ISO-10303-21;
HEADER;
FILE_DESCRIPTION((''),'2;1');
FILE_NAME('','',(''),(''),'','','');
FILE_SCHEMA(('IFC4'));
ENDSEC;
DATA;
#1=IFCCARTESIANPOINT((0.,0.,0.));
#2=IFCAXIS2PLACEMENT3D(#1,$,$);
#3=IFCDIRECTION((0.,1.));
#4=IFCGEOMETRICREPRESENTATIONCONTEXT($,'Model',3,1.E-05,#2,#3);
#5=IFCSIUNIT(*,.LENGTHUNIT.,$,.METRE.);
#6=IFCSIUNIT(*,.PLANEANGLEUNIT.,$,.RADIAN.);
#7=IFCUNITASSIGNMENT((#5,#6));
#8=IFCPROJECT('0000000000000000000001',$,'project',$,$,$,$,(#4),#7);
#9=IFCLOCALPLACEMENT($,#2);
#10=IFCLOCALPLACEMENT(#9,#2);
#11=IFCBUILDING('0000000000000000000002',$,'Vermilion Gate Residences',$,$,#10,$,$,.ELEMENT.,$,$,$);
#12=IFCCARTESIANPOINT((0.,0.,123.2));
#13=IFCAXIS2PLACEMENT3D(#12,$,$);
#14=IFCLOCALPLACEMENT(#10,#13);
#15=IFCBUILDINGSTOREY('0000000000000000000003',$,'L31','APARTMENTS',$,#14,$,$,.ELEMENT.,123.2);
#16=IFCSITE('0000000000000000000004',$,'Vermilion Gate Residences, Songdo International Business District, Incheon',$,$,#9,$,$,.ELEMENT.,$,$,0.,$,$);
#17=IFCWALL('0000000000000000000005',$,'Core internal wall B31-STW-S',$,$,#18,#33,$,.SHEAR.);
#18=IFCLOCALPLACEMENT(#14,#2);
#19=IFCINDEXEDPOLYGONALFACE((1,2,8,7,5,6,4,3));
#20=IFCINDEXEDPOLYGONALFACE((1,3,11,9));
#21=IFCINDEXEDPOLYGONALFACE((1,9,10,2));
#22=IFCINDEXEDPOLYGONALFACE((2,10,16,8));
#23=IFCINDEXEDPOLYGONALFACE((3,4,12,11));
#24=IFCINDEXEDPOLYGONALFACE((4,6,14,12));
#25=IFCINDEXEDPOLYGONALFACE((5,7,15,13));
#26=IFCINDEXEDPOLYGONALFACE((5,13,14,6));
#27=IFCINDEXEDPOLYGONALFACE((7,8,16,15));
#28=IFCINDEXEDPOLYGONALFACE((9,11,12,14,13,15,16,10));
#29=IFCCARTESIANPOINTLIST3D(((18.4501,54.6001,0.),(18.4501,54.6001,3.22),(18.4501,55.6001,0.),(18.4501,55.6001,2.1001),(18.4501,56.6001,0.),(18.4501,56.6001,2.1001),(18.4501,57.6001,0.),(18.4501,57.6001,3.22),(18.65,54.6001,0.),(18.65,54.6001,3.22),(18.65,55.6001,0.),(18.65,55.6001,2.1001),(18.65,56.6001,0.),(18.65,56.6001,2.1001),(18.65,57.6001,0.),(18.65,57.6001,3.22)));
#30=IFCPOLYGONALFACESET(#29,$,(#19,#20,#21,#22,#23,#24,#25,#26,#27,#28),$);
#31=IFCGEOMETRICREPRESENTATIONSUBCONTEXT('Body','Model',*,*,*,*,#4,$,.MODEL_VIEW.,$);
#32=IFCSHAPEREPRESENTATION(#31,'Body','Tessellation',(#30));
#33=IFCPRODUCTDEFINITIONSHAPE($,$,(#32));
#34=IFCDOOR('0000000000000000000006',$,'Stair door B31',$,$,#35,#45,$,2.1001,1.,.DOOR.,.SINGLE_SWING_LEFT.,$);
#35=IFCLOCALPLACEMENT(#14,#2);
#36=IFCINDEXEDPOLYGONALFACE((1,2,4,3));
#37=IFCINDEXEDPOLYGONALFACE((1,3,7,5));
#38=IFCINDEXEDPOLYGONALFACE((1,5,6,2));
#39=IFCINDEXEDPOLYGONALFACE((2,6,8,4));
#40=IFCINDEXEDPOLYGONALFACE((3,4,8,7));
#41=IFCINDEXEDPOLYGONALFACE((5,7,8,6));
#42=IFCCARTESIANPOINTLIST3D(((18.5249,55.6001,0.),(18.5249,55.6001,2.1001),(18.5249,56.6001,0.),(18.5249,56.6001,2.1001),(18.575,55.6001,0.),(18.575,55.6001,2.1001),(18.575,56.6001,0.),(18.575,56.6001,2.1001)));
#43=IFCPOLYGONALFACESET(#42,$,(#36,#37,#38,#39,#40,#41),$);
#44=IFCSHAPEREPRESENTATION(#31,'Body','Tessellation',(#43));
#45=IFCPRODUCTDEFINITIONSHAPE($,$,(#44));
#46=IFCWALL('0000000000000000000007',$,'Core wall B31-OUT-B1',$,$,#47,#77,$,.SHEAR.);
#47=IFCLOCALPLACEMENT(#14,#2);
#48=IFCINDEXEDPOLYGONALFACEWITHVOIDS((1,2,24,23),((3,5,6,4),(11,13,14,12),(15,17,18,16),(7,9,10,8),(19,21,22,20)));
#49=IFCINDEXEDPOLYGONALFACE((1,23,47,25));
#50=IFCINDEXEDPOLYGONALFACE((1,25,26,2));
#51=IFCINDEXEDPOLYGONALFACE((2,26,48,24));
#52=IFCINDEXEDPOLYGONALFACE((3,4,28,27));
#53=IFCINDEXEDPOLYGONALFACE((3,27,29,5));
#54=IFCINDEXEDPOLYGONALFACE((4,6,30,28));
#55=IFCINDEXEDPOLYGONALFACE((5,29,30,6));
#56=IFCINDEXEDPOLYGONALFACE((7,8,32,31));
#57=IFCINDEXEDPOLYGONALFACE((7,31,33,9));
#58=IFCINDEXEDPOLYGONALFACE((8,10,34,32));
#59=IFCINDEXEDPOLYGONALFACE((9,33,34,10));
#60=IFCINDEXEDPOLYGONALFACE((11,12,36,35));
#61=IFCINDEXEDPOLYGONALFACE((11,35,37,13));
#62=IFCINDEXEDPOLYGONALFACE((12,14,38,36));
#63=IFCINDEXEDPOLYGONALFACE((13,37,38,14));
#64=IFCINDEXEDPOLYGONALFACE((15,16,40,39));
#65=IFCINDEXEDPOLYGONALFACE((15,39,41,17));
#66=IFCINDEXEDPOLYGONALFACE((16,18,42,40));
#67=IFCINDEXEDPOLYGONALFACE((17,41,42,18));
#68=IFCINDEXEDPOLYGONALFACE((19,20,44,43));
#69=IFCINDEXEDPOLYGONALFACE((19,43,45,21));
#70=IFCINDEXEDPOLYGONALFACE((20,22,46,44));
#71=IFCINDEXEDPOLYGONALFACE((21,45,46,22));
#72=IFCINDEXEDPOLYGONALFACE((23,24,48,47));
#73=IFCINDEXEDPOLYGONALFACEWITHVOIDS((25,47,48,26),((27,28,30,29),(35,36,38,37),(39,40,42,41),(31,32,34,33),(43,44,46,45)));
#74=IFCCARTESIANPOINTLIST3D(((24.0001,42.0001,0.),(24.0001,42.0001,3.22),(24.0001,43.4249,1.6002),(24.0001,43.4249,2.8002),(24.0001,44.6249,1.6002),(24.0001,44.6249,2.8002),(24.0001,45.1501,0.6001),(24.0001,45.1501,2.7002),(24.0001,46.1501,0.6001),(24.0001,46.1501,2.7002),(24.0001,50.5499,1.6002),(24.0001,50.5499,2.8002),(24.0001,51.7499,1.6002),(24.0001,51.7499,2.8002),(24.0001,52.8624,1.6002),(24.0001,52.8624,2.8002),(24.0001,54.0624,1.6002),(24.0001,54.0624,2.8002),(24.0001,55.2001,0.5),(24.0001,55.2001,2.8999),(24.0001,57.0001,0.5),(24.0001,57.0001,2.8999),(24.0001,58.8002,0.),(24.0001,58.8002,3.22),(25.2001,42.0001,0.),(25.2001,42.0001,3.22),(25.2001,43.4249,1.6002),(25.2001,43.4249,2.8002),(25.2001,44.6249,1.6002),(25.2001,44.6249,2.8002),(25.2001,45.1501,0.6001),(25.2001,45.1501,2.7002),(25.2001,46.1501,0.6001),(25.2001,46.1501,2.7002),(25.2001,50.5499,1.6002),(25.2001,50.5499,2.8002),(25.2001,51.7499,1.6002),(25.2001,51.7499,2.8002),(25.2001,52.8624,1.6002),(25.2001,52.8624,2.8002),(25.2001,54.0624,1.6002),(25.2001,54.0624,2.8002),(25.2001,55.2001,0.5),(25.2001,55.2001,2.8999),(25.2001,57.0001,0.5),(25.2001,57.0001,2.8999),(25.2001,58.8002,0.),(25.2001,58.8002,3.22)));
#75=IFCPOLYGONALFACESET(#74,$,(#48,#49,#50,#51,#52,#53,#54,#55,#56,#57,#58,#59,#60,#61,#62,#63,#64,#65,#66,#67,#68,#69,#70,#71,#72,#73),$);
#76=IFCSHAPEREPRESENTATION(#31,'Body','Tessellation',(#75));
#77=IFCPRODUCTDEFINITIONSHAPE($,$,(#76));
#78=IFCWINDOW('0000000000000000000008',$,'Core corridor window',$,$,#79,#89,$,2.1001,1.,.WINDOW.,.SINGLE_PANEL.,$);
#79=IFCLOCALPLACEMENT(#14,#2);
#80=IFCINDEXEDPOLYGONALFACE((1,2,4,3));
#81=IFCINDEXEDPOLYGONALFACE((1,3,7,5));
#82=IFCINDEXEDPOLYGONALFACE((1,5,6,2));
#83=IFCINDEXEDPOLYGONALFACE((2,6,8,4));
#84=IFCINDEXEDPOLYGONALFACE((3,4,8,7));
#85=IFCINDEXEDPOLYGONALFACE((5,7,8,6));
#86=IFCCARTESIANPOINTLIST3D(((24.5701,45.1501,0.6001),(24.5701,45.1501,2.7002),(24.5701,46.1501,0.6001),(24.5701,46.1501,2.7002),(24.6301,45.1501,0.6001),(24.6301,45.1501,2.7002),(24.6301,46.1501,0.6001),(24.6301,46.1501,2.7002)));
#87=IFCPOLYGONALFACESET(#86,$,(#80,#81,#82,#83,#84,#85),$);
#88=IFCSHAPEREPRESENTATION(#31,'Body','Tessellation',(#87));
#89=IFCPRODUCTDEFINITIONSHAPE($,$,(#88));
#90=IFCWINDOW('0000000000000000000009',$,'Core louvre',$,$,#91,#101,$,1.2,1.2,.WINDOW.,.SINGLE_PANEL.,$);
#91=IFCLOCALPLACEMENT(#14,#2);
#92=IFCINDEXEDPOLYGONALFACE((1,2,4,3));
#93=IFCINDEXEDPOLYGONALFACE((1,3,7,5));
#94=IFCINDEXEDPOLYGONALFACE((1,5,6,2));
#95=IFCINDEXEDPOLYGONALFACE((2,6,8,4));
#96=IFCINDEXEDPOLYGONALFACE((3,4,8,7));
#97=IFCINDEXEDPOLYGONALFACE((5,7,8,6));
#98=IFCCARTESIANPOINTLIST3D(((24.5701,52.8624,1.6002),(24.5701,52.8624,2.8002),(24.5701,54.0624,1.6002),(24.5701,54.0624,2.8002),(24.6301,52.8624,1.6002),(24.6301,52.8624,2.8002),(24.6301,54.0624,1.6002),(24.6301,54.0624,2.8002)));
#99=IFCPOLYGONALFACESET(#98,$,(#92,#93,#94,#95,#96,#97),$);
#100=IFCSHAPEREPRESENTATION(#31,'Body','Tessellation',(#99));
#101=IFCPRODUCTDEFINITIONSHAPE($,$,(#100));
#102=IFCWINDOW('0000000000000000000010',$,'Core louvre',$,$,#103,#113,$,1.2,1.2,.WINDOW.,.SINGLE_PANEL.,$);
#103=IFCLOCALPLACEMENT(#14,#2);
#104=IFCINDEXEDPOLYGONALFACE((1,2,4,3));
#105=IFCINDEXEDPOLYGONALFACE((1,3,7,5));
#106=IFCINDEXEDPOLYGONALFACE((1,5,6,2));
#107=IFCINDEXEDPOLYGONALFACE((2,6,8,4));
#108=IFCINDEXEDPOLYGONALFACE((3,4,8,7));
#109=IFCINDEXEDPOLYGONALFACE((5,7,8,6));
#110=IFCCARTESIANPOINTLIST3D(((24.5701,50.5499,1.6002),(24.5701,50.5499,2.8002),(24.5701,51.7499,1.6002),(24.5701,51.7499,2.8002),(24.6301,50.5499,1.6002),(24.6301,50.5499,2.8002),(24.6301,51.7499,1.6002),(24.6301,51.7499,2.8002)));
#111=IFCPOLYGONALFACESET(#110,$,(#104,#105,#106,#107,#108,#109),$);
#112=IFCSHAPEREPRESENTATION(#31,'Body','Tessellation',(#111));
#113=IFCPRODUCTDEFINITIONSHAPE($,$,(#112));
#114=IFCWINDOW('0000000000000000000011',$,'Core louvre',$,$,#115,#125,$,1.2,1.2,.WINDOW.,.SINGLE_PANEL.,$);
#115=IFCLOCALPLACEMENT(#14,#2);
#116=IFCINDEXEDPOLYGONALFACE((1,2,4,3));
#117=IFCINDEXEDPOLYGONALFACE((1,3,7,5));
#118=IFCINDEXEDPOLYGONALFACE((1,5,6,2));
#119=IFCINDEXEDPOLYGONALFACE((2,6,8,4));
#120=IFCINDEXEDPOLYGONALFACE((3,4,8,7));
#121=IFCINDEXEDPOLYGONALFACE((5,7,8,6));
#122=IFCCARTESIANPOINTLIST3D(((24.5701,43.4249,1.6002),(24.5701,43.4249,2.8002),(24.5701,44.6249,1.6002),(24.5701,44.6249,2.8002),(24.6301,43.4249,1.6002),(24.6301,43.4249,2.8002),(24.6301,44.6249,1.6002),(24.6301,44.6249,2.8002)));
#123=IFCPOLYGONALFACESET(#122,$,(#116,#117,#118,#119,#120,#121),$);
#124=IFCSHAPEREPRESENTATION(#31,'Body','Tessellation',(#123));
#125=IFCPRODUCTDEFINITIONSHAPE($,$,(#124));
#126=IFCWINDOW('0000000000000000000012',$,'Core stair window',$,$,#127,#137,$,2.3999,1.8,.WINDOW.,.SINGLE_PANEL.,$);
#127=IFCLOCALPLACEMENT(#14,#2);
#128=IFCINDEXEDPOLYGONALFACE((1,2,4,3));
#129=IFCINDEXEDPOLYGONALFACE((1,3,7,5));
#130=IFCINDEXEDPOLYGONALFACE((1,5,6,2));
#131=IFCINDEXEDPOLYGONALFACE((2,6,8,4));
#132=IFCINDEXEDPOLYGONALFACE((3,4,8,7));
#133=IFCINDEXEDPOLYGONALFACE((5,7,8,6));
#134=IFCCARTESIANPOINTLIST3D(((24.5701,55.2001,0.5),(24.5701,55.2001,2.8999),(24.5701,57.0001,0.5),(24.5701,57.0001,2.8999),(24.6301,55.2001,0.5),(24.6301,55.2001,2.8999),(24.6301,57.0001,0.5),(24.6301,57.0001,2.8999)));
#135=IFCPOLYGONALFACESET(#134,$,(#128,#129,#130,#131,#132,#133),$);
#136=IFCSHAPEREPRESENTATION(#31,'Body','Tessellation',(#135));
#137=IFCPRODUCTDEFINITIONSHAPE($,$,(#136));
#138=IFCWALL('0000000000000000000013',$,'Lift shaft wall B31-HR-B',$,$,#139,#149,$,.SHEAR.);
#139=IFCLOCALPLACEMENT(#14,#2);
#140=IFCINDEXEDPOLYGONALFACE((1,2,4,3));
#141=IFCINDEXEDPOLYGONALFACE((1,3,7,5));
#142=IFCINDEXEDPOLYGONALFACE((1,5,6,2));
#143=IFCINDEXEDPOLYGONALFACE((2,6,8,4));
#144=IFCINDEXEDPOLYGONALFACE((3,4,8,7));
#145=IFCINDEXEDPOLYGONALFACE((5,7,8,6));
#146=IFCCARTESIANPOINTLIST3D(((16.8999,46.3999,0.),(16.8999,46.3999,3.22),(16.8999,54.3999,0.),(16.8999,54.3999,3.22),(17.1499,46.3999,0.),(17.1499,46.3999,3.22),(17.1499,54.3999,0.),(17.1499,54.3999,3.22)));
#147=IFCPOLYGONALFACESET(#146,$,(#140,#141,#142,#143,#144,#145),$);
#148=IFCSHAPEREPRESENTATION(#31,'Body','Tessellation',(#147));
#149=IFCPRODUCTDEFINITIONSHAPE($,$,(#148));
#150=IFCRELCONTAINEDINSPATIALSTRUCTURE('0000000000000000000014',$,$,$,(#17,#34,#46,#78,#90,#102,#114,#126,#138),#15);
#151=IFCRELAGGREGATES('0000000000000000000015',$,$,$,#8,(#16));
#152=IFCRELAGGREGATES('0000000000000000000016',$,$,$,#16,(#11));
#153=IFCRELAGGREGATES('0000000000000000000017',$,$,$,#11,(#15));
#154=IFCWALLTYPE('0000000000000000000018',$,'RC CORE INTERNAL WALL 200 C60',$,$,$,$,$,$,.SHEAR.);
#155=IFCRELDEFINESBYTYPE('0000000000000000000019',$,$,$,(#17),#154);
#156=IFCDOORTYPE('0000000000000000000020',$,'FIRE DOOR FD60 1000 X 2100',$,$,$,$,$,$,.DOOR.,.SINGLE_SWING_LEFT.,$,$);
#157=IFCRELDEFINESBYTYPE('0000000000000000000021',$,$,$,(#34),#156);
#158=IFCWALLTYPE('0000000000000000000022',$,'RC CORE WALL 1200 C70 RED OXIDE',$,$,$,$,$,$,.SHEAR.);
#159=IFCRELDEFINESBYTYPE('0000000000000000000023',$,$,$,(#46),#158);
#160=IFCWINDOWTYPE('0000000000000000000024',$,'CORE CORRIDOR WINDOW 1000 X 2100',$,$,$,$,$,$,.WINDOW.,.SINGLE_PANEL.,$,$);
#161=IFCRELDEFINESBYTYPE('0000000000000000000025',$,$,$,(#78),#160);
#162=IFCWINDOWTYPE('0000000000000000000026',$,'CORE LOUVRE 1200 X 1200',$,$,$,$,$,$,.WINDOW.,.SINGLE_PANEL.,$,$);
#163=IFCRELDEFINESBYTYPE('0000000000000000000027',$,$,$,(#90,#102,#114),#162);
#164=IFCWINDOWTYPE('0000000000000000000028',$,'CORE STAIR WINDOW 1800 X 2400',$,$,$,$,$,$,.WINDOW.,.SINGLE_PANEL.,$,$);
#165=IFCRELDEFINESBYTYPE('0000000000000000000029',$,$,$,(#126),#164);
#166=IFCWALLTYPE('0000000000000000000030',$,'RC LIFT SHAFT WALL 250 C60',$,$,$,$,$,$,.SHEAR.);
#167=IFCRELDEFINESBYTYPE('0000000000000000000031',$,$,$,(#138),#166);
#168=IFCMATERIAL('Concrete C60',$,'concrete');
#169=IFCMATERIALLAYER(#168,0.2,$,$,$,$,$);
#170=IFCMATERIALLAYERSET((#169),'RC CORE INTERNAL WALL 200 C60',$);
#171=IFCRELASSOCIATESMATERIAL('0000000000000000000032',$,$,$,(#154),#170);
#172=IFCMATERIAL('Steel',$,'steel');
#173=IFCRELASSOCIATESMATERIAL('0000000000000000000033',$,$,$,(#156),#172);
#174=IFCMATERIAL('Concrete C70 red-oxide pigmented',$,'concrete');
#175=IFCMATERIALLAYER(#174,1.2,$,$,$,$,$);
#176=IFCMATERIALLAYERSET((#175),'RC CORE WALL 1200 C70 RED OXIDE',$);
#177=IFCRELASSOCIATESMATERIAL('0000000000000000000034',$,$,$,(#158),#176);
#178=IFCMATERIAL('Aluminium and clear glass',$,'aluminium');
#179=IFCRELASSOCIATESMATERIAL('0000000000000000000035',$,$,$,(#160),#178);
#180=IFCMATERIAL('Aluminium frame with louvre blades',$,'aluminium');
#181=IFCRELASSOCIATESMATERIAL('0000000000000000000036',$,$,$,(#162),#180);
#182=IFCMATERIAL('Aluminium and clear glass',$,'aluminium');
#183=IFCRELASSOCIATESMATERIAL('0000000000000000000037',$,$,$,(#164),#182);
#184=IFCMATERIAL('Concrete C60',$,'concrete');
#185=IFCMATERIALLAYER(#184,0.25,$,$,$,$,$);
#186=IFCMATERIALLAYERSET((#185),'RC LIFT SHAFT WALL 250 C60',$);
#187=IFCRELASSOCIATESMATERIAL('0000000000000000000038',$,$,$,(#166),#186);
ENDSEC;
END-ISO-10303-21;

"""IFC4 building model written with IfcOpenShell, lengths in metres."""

from ifc_helpers import new_model, si_unit, direction, frame, frame_2d, origin, place, context, subcontext, project, spatial, rectangle, extrude, material, layer, layer_set, type_object, element, fill, save


model = new_model("IFC4")

# Units and contexts
model_context = context("Model", 3, precision=1e-05, world=origin(), true_north=direction((0.0, 1.0)))
body_context = subcontext(model_context, "Body", "Model", "MODEL_VIEW")
ifc_project = project(units=[si_unit("LENGTHUNIT", "METRE"), si_unit("PLANEANGLEUNIT", "RADIAN")], contexts=[model_context])

# Site, building, storey
site_placement = place(None, origin())
site = spatial("IfcSite", under=ifc_project, at=site_placement, Name="Vermilion Gate Residences, Songdo International Business District, Incheon", CompositionType="ELEMENT", RefElevation=0.0)
building_placement = place(site_placement, origin())
building = spatial("IfcBuilding", under=site, at=building_placement, Name="Vermilion Gate Residences", CompositionType="ELEMENT")
storey_placement = place(building_placement, frame((0.0, 0.0, 123.2)))
storey = spatial("IfcBuildingStorey", under=building, at=storey_placement, Name="L31", Description="APARTMENTS", CompositionType="ELEMENT", Elevation=123.2)

# Shared definitions
ifc_material_1 = material(Name="Concrete C60", Category="concrete")
ifc_layer_1 = layer(ifc_material_1, 0.2)
ifc_layer_set_1 = layer_set([ifc_layer_1], Name="RC CORE INTERNAL WALL 200 C60")
wall_type_1 = type_object("IfcWallType", Name="RC CORE INTERNAL WALL 200 C60", PredefinedType="SHEAR", material=ifc_layer_set_1)

# Wall, opening, door
wall_1_placement = place(storey_placement, frame((18.55, 57.6001, 0.0), z_axis=(0.0, 0.0, 1.0), x_axis=(0.0, -1.0, 0.0)))
wall_1 = element("IfcWall", 1, at=wall_1_placement, inside=storey, type_object=wall_type_1, Name="Core internal wall B31-STW-S", PredefinedType="SHEAR", context=body_context, shape_type="SweptSolid", body=[
    extrude(rectangle(XDim=3.0, YDim=0.2, at=frame_2d((1.5, 0.0))), origin(), (0.0, 0.0, 1.0), 3.22),
])
opening_1_placement = place(wall_1_placement, frame((1.0, 0.0, 0.0)))
opening_1 = element("IfcOpeningElement", 2, at=opening_1_placement, cuts=wall_1, PredefinedType="OPENING", context=body_context, shape_type="SweptSolid", body=[
    extrude(rectangle(XDim=1.0, YDim=2.1001, at=frame_2d((0.5, 1.05))), frame((0.0, 0.1099, 0.0), z_axis=(0.0, -1.0, 0.0), x_axis=(1.0, 0.0, 0.0)), (0.0, 0.0, 1.0), 0.22),
])
ifc_material_2 = material(Name="Steel", Category="steel")
door_type_1 = type_object("IfcDoorType", Name="FIRE DOOR FD60 1000 X 2100", OperationType="SINGLE_SWING_LEFT", PredefinedType="DOOR", material=ifc_material_2)
door_1_placement = place(opening_1_placement, origin())
door_1 = element("IfcDoor", 3, at=door_1_placement, inside=storey, type_object=door_type_1, Name="Stair door B31", OperationType="SINGLE_SWING_LEFT", OverallHeight=2.1001, OverallWidth=1.0, PredefinedType="DOOR", context=body_context, shape_type="SweptSolid", body=[
    extrude(rectangle(XDim=1.0, YDim=2.1001, at=frame_2d((0.5, 1.05))), frame((0.0, 0.0249, 0.0), z_axis=(0.0, -1.0, 0.0), x_axis=(1.0, 0.0, 0.0)), (0.0, 0.0, 1.0), 0.05),
])
fill(opening_1, door_1)

# Wall, openings, windows
ifc_material_3 = material(Name="Concrete C70 red-oxide pigmented", Category="concrete")
ifc_layer_2 = layer(ifc_material_3, 1.2)
ifc_layer_set_2 = layer_set([ifc_layer_2], Name="RC CORE WALL 1200 C70 RED OXIDE")
wall_type_2 = type_object("IfcWallType", Name="RC CORE WALL 1200 C70 RED OXIDE", PredefinedType="SHEAR", material=ifc_layer_set_2)
wall_2_placement = place(storey_placement, frame((24.6001, 58.8, 0.0), z_axis=(0.0, 0.0, 1.0), x_axis=(0.0, -1.0, 0.0)))
wall_2 = element("IfcWall", 4, at=wall_2_placement, inside=storey, type_object=wall_type_2, Name="Core wall B31-OUT-B1", PredefinedType="SHEAR", context=body_context, shape_type="SweptSolid", body=[
    extrude(rectangle(XDim=16.8, YDim=1.2, at=frame_2d((8.3999, 0.0))), origin(), (0.0, 0.0, 1.0), 3.22),
])
opening_2_placement = place(wall_2_placement, frame((1.8, 0.0, 0.5)))
opening_2 = element("IfcOpeningElement", 5, at=opening_2_placement, cuts=wall_2, PredefinedType="OPENING", context=body_context, shape_type="SweptSolid", body=[
    extrude(rectangle(XDim=1.8, YDim=2.3999, at=frame_2d((0.8999, 1.2))), frame((0.0, 0.6099, 0.0), z_axis=(0.0, -1.0, 0.0), x_axis=(1.0, 0.0, 0.0)), (0.0, 0.0, 1.0), 1.22),
])
opening_3_placement = place(wall_2_placement, frame((4.7375, 0.0, 1.6001)))
opening_3 = element("IfcOpeningElement", 6, at=opening_3_placement, cuts=wall_2, PredefinedType="OPENING", context=body_context, shape_type="SweptSolid", body=[
    extrude(rectangle(XDim=1.2, YDim=1.2, at=frame_2d((0.6001, 0.6001))), frame((0.0, 0.6099, 0.0), z_axis=(0.0, -1.0, 0.0), x_axis=(1.0, 0.0, 0.0)), (0.0, 0.0, 1.0), 1.22),
])
opening_4_placement = place(wall_2_placement, frame((7.05, 0.0, 1.6001)))
opening_4 = element("IfcOpeningElement", 7, at=opening_4_placement, cuts=wall_2, PredefinedType="OPENING", context=body_context, shape_type="SweptSolid", body=[
    extrude(rectangle(XDim=1.2, YDim=1.2, at=frame_2d((0.6001, 0.6001))), frame((0.0, 0.6099, 0.0), z_axis=(0.0, -1.0, 0.0), x_axis=(1.0, 0.0, 0.0)), (0.0, 0.0, 1.0), 1.22),
])
opening_5_placement = place(wall_2_placement, frame((12.6499, 0.0, 0.6001)))
opening_5 = element("IfcOpeningElement", 8, at=opening_5_placement, cuts=wall_2, PredefinedType="OPENING", context=body_context, shape_type="SweptSolid", body=[
    extrude(rectangle(XDim=1.0, YDim=2.1001, at=frame_2d((0.5, 1.05))), frame((0.0, 0.6099, 0.0), z_axis=(0.0, -1.0, 0.0), x_axis=(1.0, 0.0, 0.0)), (0.0, 0.0, 1.0), 1.22),
])
opening_6_placement = place(wall_2_placement, frame((14.175, 0.0, 1.6001)))
opening_6 = element("IfcOpeningElement", 9, at=opening_6_placement, cuts=wall_2, PredefinedType="OPENING", context=body_context, shape_type="SweptSolid", body=[
    extrude(rectangle(XDim=1.2, YDim=1.2, at=frame_2d((0.6001, 0.6001))), frame((0.0, 0.6099, 0.0), z_axis=(0.0, -1.0, 0.0), x_axis=(1.0, 0.0, 0.0)), (0.0, 0.0, 1.0), 1.22),
])
ifc_material_4 = material(Name="Aluminium and clear glass", Category="aluminium")
window_type_1 = type_object("IfcWindowType", Name="CORE CORRIDOR WINDOW 1000 X 2100", PartitioningType="SINGLE_PANEL", PredefinedType="WINDOW", material=ifc_material_4)
window_1_placement = place(opening_5_placement, origin())
window_1 = element("IfcWindow", 10, at=window_1_placement, inside=storey, type_object=window_type_1, Name="Core corridor window", OverallHeight=2.1001, OverallWidth=1.0, PartitioningType="SINGLE_PANEL", PredefinedType="WINDOW", context=body_context, shape_type="SweptSolid", body=[
    extrude(rectangle(XDim=1.0, YDim=2.1001, at=frame_2d((0.5, 1.05))), frame((0.0, 0.03, 0.0), z_axis=(0.0, -1.0, 0.0), x_axis=(1.0, 0.0, 0.0)), (0.0, 0.0, 1.0), 0.0601),
])
fill(opening_5, window_1)
ifc_material_5 = material(Name="Aluminium frame with louvre blades", Category="aluminium")
window_type_2 = type_object("IfcWindowType", Name="CORE LOUVRE 1200 X 1200", PartitioningType="SINGLE_PANEL", PredefinedType="WINDOW", material=ifc_material_5)
window_2_placement = place(opening_3_placement, origin())
window_2 = element("IfcWindow", 11, at=window_2_placement, inside=storey, type_object=window_type_2, Name="Core louvre", OverallHeight=1.2, OverallWidth=1.2, PartitioningType="SINGLE_PANEL", PredefinedType="WINDOW", context=body_context, shape_type="SweptSolid", body=[
    extrude(rectangle(XDim=1.2, YDim=1.2, at=frame_2d((0.6001, 0.6001))), frame((0.0, 0.03, 0.0), z_axis=(0.0, -1.0, 0.0), x_axis=(1.0, 0.0, 0.0)), (0.0, 0.0, 1.0), 0.0601),
])
fill(opening_3, window_2)
window_3_placement = place(opening_4_placement, origin())
window_3 = element("IfcWindow", 12, at=window_3_placement, inside=storey, type_object=window_type_2, Name="Core louvre", OverallHeight=1.2, OverallWidth=1.2, PartitioningType="SINGLE_PANEL", PredefinedType="WINDOW", context=body_context, shape_type="SweptSolid", body=[
    extrude(rectangle(XDim=1.2, YDim=1.2, at=frame_2d((0.6001, 0.6001))), frame((0.0, 0.03, 0.0), z_axis=(0.0, -1.0, 0.0), x_axis=(1.0, 0.0, 0.0)), (0.0, 0.0, 1.0), 0.0601),
])
fill(opening_4, window_3)
window_4_placement = place(opening_6_placement, origin())
window_4 = element("IfcWindow", 13, at=window_4_placement, inside=storey, type_object=window_type_2, Name="Core louvre", OverallHeight=1.2, OverallWidth=1.2, PartitioningType="SINGLE_PANEL", PredefinedType="WINDOW", context=body_context, shape_type="SweptSolid", body=[
    extrude(rectangle(XDim=1.2, YDim=1.2, at=frame_2d((0.6001, 0.6001))), frame((0.0, 0.03, 0.0), z_axis=(0.0, -1.0, 0.0), x_axis=(1.0, 0.0, 0.0)), (0.0, 0.0, 1.0), 0.0601),
])
fill(opening_6, window_4)
ifc_material_6 = material(Name="Aluminium and clear glass", Category="aluminium")
window_type_3 = type_object("IfcWindowType", Name="CORE STAIR WINDOW 1800 X 2400", PartitioningType="SINGLE_PANEL", PredefinedType="WINDOW", material=ifc_material_6)
window_5_placement = place(opening_2_placement, origin())
window_5 = element("IfcWindow", 14, at=window_5_placement, inside=storey, type_object=window_type_3, Name="Core stair window", OverallHeight=2.3999, OverallWidth=1.8, PartitioningType="SINGLE_PANEL", PredefinedType="WINDOW", context=body_context, shape_type="SweptSolid", body=[
    extrude(rectangle(XDim=1.8, YDim=2.3999, at=frame_2d((0.8999, 1.2))), frame((0.0, 0.03, 0.0), z_axis=(0.0, -1.0, 0.0), x_axis=(1.0, 0.0, 0.0)), (0.0, 0.0, 1.0), 0.0601),
])
fill(opening_2, window_5)

# Wall
ifc_material_7 = material(Name="Concrete C60", Category="concrete")
ifc_layer_3 = layer(ifc_material_7, 0.25)
ifc_layer_set_3 = layer_set([ifc_layer_3], Name="RC LIFT SHAFT WALL 250 C60")
wall_type_3 = type_object("IfcWallType", Name="RC LIFT SHAFT WALL 250 C60", PredefinedType="SHEAR", material=ifc_layer_set_3)
wall_3_placement = place(storey_placement, frame((17.0249, 54.3999, 0.0), z_axis=(0.0, 0.0, 1.0), x_axis=(0.0, -1.0, 0.0)))
element("IfcWall", 15, at=wall_3_placement, inside=storey, type_object=wall_type_3, Name="Lift shaft wall B31-HR-B", PredefinedType="SHEAR", context=body_context, shape_type="SweptSolid", body=[
    extrude(rectangle(XDim=8.0, YDim=0.25, at=frame_2d((4.0, 0.0))), origin(), (0.0, 0.0, 1.0), 3.22),
])

save(model, "model.ifc")
